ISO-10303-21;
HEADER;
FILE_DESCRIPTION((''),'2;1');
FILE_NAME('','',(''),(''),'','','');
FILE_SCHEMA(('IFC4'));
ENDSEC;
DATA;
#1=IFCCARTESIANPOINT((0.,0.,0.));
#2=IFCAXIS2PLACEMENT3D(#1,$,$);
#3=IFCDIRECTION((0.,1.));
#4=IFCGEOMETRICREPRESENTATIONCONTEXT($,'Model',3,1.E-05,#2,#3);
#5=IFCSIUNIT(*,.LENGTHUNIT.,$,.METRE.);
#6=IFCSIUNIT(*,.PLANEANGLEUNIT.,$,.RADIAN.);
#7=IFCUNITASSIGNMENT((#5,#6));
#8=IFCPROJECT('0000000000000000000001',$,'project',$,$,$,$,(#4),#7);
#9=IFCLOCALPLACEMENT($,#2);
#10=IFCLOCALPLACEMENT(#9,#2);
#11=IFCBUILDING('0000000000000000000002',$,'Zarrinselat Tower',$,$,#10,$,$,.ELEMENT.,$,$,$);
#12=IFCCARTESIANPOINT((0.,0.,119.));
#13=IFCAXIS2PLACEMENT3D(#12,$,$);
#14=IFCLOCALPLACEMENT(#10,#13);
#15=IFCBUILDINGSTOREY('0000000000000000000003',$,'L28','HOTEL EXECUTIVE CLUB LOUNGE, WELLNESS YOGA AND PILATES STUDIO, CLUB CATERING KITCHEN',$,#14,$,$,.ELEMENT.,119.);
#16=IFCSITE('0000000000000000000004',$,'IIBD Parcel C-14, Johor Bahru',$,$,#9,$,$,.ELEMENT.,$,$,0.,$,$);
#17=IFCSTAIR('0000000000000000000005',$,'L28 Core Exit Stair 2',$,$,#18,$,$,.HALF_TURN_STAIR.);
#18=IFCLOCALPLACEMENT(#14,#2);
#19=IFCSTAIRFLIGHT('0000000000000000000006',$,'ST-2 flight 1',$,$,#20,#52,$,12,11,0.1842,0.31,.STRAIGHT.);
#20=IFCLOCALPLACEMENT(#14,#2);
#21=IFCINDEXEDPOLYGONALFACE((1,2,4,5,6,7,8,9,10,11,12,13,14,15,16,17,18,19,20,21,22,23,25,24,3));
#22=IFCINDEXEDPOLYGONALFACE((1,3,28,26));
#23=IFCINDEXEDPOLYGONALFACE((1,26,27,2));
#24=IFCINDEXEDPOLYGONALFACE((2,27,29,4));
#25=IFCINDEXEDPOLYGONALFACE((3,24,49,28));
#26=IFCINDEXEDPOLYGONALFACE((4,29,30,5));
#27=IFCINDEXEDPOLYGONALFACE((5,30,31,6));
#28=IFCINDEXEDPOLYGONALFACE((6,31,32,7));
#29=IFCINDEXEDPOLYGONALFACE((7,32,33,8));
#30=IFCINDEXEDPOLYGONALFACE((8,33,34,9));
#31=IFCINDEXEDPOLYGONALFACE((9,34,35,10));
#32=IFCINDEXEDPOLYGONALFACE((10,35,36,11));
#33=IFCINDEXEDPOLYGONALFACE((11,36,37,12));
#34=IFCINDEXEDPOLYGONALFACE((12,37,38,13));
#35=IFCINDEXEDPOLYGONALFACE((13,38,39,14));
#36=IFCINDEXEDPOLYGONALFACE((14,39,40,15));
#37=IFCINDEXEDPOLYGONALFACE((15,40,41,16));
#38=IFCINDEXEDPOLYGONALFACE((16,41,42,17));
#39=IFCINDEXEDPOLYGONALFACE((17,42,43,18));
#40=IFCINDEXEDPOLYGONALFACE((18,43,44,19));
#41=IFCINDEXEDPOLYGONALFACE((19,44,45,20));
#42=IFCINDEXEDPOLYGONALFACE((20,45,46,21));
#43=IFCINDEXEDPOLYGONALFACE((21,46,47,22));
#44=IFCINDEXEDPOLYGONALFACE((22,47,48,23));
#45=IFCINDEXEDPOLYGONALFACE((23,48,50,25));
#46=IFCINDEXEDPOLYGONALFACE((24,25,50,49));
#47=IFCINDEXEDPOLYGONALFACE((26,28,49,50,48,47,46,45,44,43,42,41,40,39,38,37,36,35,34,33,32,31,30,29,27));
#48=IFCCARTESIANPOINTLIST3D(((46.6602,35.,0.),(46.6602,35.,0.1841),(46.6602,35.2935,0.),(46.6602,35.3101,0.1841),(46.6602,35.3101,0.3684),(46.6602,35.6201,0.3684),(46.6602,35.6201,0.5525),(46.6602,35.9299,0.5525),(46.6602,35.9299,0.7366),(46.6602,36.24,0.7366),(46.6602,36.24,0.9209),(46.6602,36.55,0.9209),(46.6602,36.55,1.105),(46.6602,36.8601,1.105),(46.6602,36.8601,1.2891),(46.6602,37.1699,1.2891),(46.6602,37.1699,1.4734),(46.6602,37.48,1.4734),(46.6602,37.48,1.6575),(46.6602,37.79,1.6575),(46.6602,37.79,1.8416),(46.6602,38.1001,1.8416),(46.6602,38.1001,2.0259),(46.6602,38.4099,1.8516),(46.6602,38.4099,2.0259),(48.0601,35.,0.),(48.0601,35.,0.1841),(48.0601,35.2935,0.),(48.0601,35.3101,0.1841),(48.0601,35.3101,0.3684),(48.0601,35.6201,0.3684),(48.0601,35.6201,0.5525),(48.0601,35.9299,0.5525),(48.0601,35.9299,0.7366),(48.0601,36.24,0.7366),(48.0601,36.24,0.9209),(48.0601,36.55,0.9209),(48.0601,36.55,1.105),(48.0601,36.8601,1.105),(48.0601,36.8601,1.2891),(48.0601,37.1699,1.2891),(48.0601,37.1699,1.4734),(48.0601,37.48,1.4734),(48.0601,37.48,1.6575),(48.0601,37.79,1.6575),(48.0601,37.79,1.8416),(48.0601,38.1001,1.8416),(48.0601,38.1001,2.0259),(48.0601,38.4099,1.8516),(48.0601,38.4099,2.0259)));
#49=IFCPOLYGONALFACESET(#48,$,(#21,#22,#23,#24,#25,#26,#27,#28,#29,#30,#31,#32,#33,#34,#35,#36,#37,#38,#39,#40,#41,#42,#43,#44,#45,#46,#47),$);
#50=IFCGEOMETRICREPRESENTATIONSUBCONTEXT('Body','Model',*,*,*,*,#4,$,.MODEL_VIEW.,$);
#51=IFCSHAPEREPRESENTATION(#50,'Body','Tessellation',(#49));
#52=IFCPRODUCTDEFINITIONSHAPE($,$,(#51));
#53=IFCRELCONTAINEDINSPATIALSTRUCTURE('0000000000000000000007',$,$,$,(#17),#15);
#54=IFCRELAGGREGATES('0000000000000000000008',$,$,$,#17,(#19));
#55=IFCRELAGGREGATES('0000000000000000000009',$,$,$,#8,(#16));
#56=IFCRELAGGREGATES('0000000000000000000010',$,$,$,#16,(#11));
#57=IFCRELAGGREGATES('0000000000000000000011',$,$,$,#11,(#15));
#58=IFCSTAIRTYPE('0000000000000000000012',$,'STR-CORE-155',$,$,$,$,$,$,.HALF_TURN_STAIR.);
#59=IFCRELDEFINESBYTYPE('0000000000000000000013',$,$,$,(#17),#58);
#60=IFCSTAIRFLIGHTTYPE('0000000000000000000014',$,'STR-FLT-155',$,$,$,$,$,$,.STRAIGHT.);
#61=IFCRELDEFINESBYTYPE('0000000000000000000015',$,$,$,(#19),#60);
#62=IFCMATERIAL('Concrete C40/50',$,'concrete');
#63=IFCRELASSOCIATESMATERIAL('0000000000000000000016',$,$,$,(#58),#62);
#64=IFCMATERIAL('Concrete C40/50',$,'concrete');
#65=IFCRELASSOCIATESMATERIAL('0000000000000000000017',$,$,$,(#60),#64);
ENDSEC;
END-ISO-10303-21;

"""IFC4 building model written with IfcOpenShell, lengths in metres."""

from ifc_helpers import new_model, si_unit, direction, frame, origin, place, context, subcontext, project, spatial, polyline, outline, extrude, material, type_object, element, aggregate, save


model = new_model("IFC4")

# Units and contexts
model_context = context("Model", 3, precision=1e-05, world=origin(), true_north=direction((0.0, 1.0)))
body_context = subcontext(model_context, "Body", "Model", "MODEL_VIEW")
ifc_project = project(units=[si_unit("LENGTHUNIT", "METRE"), si_unit("PLANEANGLEUNIT", "RADIAN")], contexts=[model_context])

# Site, building, storey
site_placement = place(None, origin())
site = spatial("IfcSite", under=ifc_project, at=site_placement, Name="IIBD Parcel C-14, Johor Bahru", CompositionType="ELEMENT", RefElevation=0.0)
building_placement = place(site_placement, origin())
building = spatial("IfcBuilding", under=site, at=building_placement, Name="Zarrinselat Tower", CompositionType="ELEMENT")
storey_placement = place(building_placement, frame((0.0, 0.0, 119.0)))
storey = spatial("IfcBuildingStorey", under=building, at=storey_placement, Name="L28", Description="HOTEL EXECUTIVE CLUB LOUNGE, WELLNESS YOGA AND PILATES STUDIO, CLUB CATERING KITCHEN", CompositionType="ELEMENT", Elevation=119.0)

# Stair, stair flight
ifc_material_1 = material(Name="Concrete C40/50", Category="concrete")
stair_type = type_object("IfcStairType", Name="STR-CORE-155", PredefinedType="HALF_TURN_STAIR", material=ifc_material_1)
stair_placement = place(storey_placement, origin())
stair = element("IfcStair", 1, at=stair_placement, inside=storey, type_object=stair_type, Name="L28 Core Exit Stair 2", PredefinedType="HALF_TURN_STAIR")
ifc_material_2 = material(Name="Concrete C40/50", Category="concrete")
stair_flight_type = type_object("IfcStairFlightType", Name="STR-FLT-155", PredefinedType="STRAIGHT", material=ifc_material_2)
stair_flight_placement = place(storey_placement, frame((47.3601, 35.0, 0.0), z_axis=(0.0, 0.0, 1.0), x_axis=(0.0, 1.0, 0.0)))
stair_flight = element("IfcStairFlight", 2, at=stair_flight_placement, type_object=stair_flight_type, Name="ST-2 flight 1", NumberOfRisers=12, NumberOfTreads=11, PredefinedType="STRAIGHT", RiserHeight=0.1842, TreadLength=0.31, context=body_context, shape_type="SweptSolid", body=[
    extrude(outline(polyline([(0.0, 0.0), (0.0, 0.1841), (0.3101, 0.1841), (0.3101, 0.3684), (0.6201, 0.3684), (0.6201, 0.5525), (0.9299, 0.5525), (0.9299, 0.7366), (1.24, 0.7366), (1.24, 0.9209), (1.55, 0.9209), (1.55, 1.105), (1.8601, 1.105), (1.8601, 1.2891), (2.1699, 1.2891), (2.1699, 1.4734), (2.48, 1.4734), (2.48, 1.6575), (2.79, 1.6575), (2.79, 1.8416), (3.1001, 1.8416), (3.1001, 2.0259), (3.4099, 2.0259), (3.4099, 2.21), (3.4099, 1.8516), (0.2935, 0.0), (0.0, 0.0)])), frame((0.0, 0.7, 0.0), z_axis=(0.0, -1.0, 0.0), x_axis=(1.0, 0.0, 0.0)), (0.0, 0.0, 1.0), 1.3999),
])
aggregate(stair, [stair_flight])

save(model, "model.ifc")
